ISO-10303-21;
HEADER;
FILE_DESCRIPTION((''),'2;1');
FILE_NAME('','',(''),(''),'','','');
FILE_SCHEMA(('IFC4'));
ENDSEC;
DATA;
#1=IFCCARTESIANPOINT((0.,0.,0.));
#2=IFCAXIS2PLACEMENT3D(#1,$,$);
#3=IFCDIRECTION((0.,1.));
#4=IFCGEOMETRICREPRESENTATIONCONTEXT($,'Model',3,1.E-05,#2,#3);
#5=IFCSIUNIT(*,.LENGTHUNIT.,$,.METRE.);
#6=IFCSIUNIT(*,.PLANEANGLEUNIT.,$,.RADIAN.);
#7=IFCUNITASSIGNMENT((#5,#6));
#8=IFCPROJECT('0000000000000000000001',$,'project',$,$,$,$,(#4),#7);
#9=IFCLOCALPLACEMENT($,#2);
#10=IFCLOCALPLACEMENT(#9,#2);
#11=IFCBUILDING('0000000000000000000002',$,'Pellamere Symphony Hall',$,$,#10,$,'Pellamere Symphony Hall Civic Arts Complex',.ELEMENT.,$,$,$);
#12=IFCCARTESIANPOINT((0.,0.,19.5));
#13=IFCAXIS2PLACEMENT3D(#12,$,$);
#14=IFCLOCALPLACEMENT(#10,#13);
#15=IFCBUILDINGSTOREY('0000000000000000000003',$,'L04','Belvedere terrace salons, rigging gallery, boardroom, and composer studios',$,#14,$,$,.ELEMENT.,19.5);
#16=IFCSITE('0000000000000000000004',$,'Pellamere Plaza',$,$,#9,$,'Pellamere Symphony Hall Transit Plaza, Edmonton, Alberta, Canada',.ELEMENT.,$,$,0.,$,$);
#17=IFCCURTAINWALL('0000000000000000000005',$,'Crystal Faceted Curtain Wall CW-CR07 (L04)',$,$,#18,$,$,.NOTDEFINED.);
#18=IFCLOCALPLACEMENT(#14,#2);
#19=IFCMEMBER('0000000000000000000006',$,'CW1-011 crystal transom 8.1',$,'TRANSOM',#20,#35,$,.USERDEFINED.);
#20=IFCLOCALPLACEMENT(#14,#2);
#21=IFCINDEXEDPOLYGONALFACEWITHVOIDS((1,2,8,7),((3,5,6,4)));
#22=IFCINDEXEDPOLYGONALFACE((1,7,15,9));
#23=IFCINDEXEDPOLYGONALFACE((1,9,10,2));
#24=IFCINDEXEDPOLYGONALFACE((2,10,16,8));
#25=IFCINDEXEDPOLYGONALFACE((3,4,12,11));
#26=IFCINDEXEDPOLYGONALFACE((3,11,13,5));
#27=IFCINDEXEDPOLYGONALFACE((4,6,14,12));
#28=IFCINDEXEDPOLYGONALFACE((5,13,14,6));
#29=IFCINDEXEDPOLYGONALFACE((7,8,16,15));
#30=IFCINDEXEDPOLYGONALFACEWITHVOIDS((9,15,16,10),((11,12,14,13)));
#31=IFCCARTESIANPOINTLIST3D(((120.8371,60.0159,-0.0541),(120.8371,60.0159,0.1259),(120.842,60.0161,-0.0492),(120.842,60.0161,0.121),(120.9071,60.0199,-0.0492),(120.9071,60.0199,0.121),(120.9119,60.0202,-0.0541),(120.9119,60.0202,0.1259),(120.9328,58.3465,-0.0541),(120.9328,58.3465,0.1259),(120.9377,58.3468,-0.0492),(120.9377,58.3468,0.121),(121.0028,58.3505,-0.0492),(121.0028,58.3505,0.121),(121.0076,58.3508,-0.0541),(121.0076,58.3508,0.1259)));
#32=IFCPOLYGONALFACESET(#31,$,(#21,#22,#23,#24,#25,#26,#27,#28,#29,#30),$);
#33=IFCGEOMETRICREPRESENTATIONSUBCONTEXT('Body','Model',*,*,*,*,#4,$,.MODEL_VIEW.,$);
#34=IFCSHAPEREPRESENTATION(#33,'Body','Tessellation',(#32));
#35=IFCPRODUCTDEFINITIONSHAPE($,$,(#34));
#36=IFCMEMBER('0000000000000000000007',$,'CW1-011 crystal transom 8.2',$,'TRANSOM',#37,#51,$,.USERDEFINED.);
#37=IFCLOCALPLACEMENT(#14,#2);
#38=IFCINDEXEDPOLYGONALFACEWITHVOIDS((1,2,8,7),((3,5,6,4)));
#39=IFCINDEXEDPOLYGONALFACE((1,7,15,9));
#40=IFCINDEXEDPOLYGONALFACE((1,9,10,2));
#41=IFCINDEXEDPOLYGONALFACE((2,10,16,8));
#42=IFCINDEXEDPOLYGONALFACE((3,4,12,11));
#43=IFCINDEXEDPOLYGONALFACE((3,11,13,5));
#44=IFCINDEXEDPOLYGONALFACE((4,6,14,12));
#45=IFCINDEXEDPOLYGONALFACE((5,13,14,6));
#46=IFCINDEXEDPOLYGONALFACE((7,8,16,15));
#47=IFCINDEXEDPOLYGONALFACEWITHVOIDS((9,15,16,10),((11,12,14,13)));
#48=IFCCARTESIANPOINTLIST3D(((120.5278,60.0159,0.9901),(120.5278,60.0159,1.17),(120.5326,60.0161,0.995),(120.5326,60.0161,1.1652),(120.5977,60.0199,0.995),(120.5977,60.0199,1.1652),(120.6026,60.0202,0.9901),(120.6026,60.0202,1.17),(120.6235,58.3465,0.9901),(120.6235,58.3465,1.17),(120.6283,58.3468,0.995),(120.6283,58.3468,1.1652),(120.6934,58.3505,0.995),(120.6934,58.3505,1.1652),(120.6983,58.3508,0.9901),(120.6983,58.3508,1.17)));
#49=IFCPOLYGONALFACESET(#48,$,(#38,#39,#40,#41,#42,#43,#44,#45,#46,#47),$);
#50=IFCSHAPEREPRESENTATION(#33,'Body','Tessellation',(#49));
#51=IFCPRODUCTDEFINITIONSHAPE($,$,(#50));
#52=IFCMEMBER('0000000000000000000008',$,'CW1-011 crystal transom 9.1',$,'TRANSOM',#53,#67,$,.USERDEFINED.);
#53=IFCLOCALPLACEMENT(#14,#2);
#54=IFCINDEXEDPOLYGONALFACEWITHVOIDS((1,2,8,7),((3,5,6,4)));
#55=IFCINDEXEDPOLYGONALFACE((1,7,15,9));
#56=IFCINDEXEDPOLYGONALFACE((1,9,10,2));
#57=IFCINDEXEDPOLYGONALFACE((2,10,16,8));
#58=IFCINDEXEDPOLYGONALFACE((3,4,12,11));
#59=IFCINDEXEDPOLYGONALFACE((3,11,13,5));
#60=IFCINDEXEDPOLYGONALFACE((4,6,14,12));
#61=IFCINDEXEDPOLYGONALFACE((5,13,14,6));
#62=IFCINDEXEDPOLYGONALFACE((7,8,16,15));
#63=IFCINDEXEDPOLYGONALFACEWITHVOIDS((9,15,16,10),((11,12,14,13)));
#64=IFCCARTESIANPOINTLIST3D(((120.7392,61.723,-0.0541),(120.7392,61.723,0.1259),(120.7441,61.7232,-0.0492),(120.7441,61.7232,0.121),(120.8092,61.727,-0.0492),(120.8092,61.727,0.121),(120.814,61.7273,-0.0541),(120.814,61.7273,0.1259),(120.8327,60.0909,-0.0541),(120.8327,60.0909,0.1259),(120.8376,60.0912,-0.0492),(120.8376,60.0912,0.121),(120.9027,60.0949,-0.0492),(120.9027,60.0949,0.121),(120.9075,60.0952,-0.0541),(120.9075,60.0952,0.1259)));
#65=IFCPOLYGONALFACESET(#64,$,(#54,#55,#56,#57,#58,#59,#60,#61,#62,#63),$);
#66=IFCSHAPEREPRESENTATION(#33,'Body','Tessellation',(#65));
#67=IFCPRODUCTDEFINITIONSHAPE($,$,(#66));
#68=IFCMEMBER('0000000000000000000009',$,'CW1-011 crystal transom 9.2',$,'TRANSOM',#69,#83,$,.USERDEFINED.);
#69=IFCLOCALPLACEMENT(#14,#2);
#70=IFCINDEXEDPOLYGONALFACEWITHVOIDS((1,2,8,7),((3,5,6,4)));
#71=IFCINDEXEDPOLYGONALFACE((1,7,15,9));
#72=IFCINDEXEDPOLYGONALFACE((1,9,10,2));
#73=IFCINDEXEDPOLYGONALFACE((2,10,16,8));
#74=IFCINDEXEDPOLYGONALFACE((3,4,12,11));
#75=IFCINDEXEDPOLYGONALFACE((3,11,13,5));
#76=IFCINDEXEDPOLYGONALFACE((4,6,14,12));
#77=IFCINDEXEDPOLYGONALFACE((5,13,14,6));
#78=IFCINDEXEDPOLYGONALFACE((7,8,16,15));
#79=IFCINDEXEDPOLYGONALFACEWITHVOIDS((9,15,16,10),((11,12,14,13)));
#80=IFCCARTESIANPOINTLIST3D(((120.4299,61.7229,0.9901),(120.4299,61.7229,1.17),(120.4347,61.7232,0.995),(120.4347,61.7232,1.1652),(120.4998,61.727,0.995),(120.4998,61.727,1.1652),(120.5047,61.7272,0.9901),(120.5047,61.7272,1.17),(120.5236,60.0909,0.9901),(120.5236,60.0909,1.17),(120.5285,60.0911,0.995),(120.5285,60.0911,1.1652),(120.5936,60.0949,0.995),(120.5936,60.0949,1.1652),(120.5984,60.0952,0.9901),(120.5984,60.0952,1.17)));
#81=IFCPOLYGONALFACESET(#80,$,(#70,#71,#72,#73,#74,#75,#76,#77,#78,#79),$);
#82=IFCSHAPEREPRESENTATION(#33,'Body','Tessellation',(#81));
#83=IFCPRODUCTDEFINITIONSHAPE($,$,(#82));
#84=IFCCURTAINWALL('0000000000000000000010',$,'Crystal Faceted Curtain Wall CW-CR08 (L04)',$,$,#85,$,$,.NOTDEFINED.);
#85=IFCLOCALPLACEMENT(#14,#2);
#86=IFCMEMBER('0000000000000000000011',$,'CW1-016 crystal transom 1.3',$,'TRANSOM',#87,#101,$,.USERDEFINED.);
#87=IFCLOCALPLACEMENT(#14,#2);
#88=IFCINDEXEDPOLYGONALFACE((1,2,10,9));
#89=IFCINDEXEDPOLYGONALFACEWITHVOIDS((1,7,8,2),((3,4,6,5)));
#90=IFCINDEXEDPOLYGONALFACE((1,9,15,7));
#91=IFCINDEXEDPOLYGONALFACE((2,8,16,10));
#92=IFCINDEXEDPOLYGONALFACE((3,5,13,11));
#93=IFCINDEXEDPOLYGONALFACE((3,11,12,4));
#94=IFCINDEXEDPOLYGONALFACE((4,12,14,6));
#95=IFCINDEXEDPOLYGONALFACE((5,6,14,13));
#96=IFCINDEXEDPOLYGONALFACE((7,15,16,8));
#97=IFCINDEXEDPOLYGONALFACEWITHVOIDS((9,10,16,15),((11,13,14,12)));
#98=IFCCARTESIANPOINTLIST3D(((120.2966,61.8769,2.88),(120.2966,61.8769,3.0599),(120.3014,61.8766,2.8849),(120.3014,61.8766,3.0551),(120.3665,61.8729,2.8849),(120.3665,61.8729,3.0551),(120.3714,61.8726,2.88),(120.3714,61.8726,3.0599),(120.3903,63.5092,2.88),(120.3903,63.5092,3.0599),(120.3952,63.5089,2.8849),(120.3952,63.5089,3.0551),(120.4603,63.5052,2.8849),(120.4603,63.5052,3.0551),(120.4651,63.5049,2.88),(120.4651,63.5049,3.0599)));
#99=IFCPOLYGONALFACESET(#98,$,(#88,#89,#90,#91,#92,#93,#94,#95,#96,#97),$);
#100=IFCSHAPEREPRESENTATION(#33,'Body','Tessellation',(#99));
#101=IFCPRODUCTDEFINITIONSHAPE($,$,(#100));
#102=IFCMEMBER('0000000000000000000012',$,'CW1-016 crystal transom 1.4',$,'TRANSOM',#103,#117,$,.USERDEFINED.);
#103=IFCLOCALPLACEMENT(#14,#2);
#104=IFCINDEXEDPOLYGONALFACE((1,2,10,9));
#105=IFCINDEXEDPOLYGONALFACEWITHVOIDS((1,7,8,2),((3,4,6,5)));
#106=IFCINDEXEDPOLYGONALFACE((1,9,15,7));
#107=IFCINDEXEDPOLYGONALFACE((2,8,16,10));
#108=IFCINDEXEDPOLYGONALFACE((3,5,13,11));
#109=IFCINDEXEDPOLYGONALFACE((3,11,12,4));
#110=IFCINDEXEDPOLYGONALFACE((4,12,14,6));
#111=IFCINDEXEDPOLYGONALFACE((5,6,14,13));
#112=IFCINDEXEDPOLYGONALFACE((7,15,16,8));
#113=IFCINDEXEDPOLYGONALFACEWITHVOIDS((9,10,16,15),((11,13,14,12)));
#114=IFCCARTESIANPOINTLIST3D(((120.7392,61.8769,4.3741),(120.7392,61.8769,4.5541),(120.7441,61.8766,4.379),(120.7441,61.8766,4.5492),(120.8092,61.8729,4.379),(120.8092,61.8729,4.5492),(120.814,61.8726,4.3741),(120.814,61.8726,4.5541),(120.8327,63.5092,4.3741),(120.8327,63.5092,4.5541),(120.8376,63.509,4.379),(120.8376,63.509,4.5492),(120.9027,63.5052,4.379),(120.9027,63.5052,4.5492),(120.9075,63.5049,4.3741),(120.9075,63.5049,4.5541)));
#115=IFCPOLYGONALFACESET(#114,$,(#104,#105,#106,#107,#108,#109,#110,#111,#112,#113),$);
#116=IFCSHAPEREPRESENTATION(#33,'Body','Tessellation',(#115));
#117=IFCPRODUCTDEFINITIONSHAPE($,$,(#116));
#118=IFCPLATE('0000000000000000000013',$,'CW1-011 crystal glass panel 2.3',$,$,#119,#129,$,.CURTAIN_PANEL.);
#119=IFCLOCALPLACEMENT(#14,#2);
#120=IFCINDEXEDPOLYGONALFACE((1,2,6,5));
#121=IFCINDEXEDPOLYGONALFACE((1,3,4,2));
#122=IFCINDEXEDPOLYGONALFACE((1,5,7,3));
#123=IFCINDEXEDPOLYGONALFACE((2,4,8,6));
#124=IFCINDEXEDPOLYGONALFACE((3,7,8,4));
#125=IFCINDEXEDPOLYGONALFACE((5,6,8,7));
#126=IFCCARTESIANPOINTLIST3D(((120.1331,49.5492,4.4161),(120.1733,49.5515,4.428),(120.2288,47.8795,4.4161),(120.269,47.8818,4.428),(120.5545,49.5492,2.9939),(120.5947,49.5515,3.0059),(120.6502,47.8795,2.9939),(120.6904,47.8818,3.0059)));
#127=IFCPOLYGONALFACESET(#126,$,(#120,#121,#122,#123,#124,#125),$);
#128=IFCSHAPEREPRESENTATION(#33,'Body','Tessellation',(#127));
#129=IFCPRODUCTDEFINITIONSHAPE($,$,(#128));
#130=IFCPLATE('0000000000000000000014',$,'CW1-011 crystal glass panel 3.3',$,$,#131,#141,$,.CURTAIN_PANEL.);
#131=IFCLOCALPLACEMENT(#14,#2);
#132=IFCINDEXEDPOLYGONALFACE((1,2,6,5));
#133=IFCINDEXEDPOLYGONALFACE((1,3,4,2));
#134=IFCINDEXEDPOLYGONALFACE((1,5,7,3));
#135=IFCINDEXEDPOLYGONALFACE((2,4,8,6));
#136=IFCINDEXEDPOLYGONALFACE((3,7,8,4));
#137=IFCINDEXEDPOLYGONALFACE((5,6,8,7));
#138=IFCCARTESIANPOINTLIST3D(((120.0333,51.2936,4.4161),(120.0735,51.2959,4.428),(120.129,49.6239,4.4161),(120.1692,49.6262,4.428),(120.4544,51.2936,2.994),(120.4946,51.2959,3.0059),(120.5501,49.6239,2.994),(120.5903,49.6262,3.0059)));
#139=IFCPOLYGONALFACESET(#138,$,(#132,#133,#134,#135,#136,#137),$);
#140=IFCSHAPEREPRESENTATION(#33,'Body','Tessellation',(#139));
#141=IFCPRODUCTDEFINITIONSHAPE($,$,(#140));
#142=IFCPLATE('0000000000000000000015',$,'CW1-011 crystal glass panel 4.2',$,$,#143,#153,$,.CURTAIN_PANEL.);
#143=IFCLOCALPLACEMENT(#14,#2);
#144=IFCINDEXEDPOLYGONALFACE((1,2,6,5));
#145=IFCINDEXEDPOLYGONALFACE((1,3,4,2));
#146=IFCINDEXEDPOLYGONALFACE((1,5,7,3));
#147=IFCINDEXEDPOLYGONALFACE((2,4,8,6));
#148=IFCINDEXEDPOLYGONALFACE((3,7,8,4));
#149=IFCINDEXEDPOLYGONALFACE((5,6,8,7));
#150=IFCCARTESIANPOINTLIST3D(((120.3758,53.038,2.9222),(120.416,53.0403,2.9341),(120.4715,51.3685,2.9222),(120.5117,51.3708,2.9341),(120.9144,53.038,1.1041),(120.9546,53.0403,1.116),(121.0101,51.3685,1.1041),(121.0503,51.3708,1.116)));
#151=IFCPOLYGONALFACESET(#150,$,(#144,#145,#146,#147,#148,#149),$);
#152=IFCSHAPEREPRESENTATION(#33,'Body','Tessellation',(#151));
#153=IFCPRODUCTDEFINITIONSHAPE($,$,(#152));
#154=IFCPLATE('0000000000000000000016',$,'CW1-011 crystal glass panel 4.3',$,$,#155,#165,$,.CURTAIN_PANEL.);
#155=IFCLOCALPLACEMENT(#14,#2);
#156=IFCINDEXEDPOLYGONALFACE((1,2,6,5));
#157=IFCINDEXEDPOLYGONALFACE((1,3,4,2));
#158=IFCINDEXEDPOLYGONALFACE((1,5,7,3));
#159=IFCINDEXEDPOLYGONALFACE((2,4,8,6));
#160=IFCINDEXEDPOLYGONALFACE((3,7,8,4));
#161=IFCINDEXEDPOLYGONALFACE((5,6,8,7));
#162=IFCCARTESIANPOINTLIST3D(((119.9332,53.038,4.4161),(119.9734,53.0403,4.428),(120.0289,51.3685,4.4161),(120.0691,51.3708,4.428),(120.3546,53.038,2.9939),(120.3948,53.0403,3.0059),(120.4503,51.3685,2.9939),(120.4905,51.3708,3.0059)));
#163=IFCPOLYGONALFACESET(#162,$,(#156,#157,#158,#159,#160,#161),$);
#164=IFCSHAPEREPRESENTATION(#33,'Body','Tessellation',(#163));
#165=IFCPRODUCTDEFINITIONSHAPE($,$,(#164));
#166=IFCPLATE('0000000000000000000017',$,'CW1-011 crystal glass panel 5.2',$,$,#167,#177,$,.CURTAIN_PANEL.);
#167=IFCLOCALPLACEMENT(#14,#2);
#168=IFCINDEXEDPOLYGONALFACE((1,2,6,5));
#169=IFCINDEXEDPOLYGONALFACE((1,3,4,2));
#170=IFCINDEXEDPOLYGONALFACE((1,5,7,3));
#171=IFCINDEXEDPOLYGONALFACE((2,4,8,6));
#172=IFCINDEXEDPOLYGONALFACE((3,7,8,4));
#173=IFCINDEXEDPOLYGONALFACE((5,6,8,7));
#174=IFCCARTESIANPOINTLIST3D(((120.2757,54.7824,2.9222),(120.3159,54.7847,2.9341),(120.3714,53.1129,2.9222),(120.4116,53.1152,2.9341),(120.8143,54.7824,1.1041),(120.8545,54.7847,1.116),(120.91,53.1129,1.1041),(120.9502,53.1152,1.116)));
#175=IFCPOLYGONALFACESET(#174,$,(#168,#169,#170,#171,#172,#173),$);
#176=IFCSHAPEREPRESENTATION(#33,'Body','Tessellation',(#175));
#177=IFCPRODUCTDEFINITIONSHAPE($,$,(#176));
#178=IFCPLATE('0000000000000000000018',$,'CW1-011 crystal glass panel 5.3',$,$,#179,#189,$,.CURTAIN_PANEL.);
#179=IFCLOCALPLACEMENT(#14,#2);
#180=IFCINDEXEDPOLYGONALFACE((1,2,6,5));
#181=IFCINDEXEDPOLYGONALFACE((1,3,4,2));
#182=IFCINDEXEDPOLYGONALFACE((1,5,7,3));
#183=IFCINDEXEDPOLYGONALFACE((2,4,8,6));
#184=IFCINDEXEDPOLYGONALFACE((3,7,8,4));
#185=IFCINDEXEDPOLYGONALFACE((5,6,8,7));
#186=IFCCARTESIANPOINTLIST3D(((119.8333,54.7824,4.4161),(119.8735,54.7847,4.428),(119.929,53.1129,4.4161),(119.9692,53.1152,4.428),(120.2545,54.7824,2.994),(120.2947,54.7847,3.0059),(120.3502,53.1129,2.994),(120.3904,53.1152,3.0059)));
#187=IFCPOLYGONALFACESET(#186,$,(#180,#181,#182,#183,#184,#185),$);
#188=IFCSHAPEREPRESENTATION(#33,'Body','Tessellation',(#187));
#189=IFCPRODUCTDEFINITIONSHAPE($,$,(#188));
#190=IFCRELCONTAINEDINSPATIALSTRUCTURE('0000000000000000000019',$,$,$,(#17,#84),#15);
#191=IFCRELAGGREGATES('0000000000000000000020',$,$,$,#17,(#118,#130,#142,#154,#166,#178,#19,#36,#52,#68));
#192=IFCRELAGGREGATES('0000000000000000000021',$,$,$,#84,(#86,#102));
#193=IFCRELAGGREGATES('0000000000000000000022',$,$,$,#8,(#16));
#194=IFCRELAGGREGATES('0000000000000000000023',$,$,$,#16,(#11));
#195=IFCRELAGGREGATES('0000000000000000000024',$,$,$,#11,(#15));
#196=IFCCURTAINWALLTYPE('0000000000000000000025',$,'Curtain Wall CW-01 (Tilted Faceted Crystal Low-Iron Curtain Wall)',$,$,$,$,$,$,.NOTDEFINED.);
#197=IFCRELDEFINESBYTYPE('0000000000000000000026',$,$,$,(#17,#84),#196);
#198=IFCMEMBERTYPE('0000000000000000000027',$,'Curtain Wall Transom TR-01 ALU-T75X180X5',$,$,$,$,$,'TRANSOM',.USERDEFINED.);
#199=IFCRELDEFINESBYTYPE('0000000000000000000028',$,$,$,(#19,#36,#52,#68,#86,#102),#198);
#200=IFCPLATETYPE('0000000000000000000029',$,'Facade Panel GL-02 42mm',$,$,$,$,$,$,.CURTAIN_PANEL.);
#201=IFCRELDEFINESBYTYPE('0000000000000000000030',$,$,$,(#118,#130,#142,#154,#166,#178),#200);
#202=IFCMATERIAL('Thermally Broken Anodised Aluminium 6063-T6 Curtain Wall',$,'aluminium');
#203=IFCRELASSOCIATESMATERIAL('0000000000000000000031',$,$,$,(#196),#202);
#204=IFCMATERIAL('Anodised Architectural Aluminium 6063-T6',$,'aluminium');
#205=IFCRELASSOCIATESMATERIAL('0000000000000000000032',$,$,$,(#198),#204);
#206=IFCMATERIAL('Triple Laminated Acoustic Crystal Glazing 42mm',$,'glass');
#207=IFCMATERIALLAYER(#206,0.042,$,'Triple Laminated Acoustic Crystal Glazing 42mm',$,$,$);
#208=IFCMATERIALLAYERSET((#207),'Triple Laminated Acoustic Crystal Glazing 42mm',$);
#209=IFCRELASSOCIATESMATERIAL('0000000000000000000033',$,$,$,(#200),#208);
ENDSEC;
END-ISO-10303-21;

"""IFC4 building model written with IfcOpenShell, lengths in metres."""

from ifc_helpers import new_model, si_unit, direction, frame, origin, origin_2d, place, context, subcontext, project, spatial, polyline, hollow_rectangle, outline, extrude, material, layer, layer_set, material_profile, profile_set, type_object, element, aggregate, save


model = new_model("IFC4")

# Units and contexts
model_context = context("Model", 3, precision=1e-05, world=origin(), true_north=direction((0.0, 1.0)))
body_context = subcontext(model_context, "Body", "Model", "MODEL_VIEW")
ifc_project = project(units=[si_unit("LENGTHUNIT", "METRE"), si_unit("PLANEANGLEUNIT", "RADIAN")], contexts=[model_context])

# Site, building, storey
site_placement = place(None, origin())
site = spatial("IfcSite", under=ifc_project, at=site_placement, Name="Pellamere Plaza", LongName="Pellamere Symphony Hall Transit Plaza, Edmonton, Alberta, Canada", CompositionType="ELEMENT", RefElevation=0.0)
building_placement = place(site_placement, origin())
building = spatial("IfcBuilding", under=site, at=building_placement, Name="Pellamere Symphony Hall", LongName="Pellamere Symphony Hall Civic Arts Complex", CompositionType="ELEMENT")
storey_placement = place(building_placement, frame((0.0, 0.0, 19.5)))
storey = spatial("IfcBuildingStorey", under=building, at=storey_placement, Name="L04", Description="Belvedere terrace salons, rigging gallery, boardroom, and composer studios", CompositionType="ELEMENT", Elevation=19.5)

# Curtain walls, members
ifc_material_1 = material(Name="Thermally Broken Anodised Aluminium 6063-T6 Curtain Wall", Category="aluminium")
curtain_wall_type = type_object("IfcCurtainWallType", Name="Curtain Wall CW-01 (Tilted Faceted Crystal Low-Iron Curtain Wall)", PredefinedType="NOTDEFINED", material=ifc_material_1)
curtain_wall_1_placement = place(storey_placement, origin())
curtain_wall_1 = element("IfcCurtainWall", 1, at=curtain_wall_1_placement, inside=storey, type_object=curtain_wall_type, Name="Crystal Faceted Curtain Wall CW-CR07 (L04)", PredefinedType="NOTDEFINED")
ifc_material_2 = material(Name="Anodised Architectural Aluminium 6063-T6", Category="aluminium")
ifc_material_profile_1 = material_profile(ifc_material_2, hollow_rectangle(XDim=0.075, YDim=0.1799, WallThickness=0.0049, at=origin_2d()), Name="ALU-T75X180X5")
ifc_profile_set_1 = profile_set([ifc_material_profile_1], Name="Anodised Architectural Aluminium 6063-T6")
member_type_1 = type_object("IfcMemberType", Name="Curtain Wall Transom TR-01 ALU-T75X180X5", ElementType="TRANSOM", PredefinedType="USERDEFINED", material=ifc_profile_set_1)
member_1_placement = place(storey_placement, frame((120.9702, 58.3486, 0.0359), z_axis=(-0.057233, 0.998361, 0.0), x_axis=(-0.998361, -0.057233, 0.0)))
member_1 = element("IfcMember", 2, at=member_1_placement, type_object=member_type_1, Name="CW1-011 crystal transom 8.1", ObjectType="TRANSOM", PredefinedType="USERDEFINED", context=body_context, shape_type="SweptSolid", body=[
    extrude(hollow_rectangle(XDim=0.075, YDim=0.1799, WallThickness=0.0049, at=origin_2d()), origin(), (0.0, 0.0, 1.0), 1.6721),
])
member_2_placement = place(storey_placement, frame((120.6609, 58.3486, 1.0801), z_axis=(-0.057233, 0.998361, 0.0), x_axis=(-0.998361, -0.057233, 0.0)))
member_2 = element("IfcMember", 3, at=member_2_placement, type_object=member_type_1, Name="CW1-011 crystal transom 8.2", ObjectType="TRANSOM", PredefinedType="USERDEFINED", context=body_context, shape_type="SweptSolid", body=[
    extrude(hollow_rectangle(XDim=0.075, YDim=0.1799, WallThickness=0.0049, at=origin_2d()), origin(), (0.0, 0.0, 1.0), 1.6721),
])
member_3_placement = place(storey_placement, frame((120.8701, 60.093, 0.0359), z_axis=(-0.057199, 0.998363, 0.0), x_axis=(-0.998363, -0.057199, 0.0)))
member_3 = element("IfcMember", 4, at=member_3_placement, type_object=member_type_1, Name="CW1-011 crystal transom 9.1", ObjectType="TRANSOM", PredefinedType="USERDEFINED", context=body_context, shape_type="SweptSolid", body=[
    extrude(hollow_rectangle(XDim=0.075, YDim=0.1799, WallThickness=0.0049, at=origin_2d()), origin(), (0.0, 0.0, 1.0), 1.6348),
])
member_4_placement = place(storey_placement, frame((120.561, 60.093, 1.0801), z_axis=(-0.057348, 0.998354, 0.0), x_axis=(-0.998354, -0.057348, 0.0)))
member_4 = element("IfcMember", 5, at=member_4_placement, type_object=member_type_1, Name="CW1-011 crystal transom 9.2", ObjectType="TRANSOM", PredefinedType="USERDEFINED", context=body_context, shape_type="SweptSolid", body=[
    extrude(hollow_rectangle(XDim=0.075, YDim=0.1799, WallThickness=0.0049, at=origin_2d()), origin(), (0.0, 0.0, 1.0), 1.6348),
])
curtain_wall_2_placement = place(storey_placement, origin())
curtain_wall_2 = element("IfcCurtainWall", 6, at=curtain_wall_2_placement, inside=storey, type_object=curtain_wall_type, Name="Crystal Faceted Curtain Wall CW-CR08 (L04)", PredefinedType="NOTDEFINED")
member_5_placement = place(storey_placement, frame((120.334, 61.8748, 2.97), z_axis=(0.057339, 0.998355, 0.0), x_axis=(-0.998355, 0.057339, 0.0)))
member_5 = element("IfcMember", 7, at=member_5_placement, type_object=member_type_1, Name="CW1-016 crystal transom 1.3", ObjectType="TRANSOM", PredefinedType="USERDEFINED", context=body_context, shape_type="SweptSolid", body=[
    extrude(hollow_rectangle(XDim=0.075, YDim=0.1799, WallThickness=0.0049, at=origin_2d()), origin(), (0.0, 0.0, 1.0), 1.635),
])
member_6_placement = place(storey_placement, frame((120.7766, 61.8748, 4.4641), z_axis=(0.05719, 0.998363, 0.0), x_axis=(-0.998363, 0.05719, 0.0)))
member_6 = element("IfcMember", 8, at=member_6_placement, type_object=member_type_1, Name="CW1-016 crystal transom 1.4", ObjectType="TRANSOM", PredefinedType="USERDEFINED", context=body_context, shape_type="SweptSolid", body=[
    extrude(hollow_rectangle(XDim=0.075, YDim=0.1799, WallThickness=0.0049, at=origin_2d()), origin(), (0.0, 0.0, 1.0), 1.635),
])

# Plates
ifc_material_3 = material(Name="Triple Laminated Acoustic Crystal Glazing 42mm", Category="glass")
ifc_layer = layer(ifc_material_3, 0.042, Name="Triple Laminated Acoustic Crystal Glazing 42mm")
ifc_layer_set = layer_set([ifc_layer], Name="Triple Laminated Acoustic Crystal Glazing 42mm")
plate_type = type_object("IfcPlateType", Name="Facade Panel GL-02 42mm", PredefinedType="CURTAIN_PANEL", material=ifc_layer_set)
plate_1_placement = place(storey_placement, frame((120.6904, 47.8818, 3.0059), z_axis=(0.95735, 0.054874, 0.283671), x_axis=(-0.057224, 0.998361, 0.0)))
plate_1 = element("IfcPlate", 9, at=plate_1_placement, type_object=plate_type, Name="CW1-011 crystal glass panel 2.3", PredefinedType="CURTAIN_PANEL", context=body_context, shape_type="SweptSolid", body=[
    extrude(outline(polyline([(0.0, 0.0), (1.6724, 0.0), (1.6965, 1.483), (0.0241, 1.483), (0.0, 0.0)])), origin(), (0.0, 0.0, -1.0), 0.042),
])
plate_2_placement = place(storey_placement, frame((120.5903, 49.6262, 3.0059), z_axis=(0.957395, 0.054876, 0.28352), x_axis=(-0.057224, 0.998361, 0.0)))
plate_2 = element("IfcPlate", 10, at=plate_2_placement, type_object=plate_type, Name="CW1-011 crystal glass panel 3.3", PredefinedType="CURTAIN_PANEL", context=body_context, shape_type="SweptSolid", body=[
    extrude(outline(polyline([(0.0, 0.0), (1.6724, 0.0), (1.6965, 1.483), (0.0241, 1.483), (0.0, 0.0)])), origin(), (0.0, 0.0, -1.0), 0.042),
])
plate_3_placement = place(storey_placement, frame((121.0503, 51.3708, 1.116), z_axis=(0.957371, 0.054883, 0.283599), x_axis=(-0.057233, 0.998361, 0.0)))
plate_3 = element("IfcPlate", 11, at=plate_3_placement, type_object=plate_type, Name="CW1-011 crystal glass panel 4.2", PredefinedType="CURTAIN_PANEL", context=body_context, shape_type="SweptSolid", body=[
    extrude(outline(polyline([(0.0, 0.0), (1.6722, 0.0), (1.703, 1.896), (0.0308, 1.896), (0.0, 0.0)])), origin(), (0.0, 0.0, -1.0), 0.042),
])
plate_4_placement = place(storey_placement, frame((120.4905, 51.3708, 3.0059), z_axis=(0.95735, 0.054882, 0.283671), x_axis=(-0.057233, 0.998361, 0.0)))
plate_4 = element("IfcPlate", 12, at=plate_4_placement, type_object=plate_type, Name="CW1-011 crystal glass panel 4.3", PredefinedType="CURTAIN_PANEL", context=body_context, shape_type="SweptSolid", body=[
    extrude(outline(polyline([(0.0, 0.0), (1.6722, 0.0), (1.6963, 1.483), (0.0241, 1.483), (0.0, 0.0)])), origin(), (0.0, 0.0, -1.0), 0.042),
])
plate_5_placement = place(storey_placement, frame((120.9502, 53.1152, 1.116), z_axis=(0.957371, 0.054883, 0.283599), x_axis=(-0.057233, 0.998361, 0.0)))
plate_5 = element("IfcPlate", 13, at=plate_5_placement, type_object=plate_type, Name="CW1-011 crystal glass panel 5.2", PredefinedType="CURTAIN_PANEL", context=body_context, shape_type="SweptSolid", body=[
    extrude(outline(polyline([(0.0, 0.0), (1.6722, 0.0), (1.703, 1.896), (0.0308, 1.896), (0.0, 0.0)])), origin(), (0.0, 0.0, -1.0), 0.042),
])
plate_6_placement = place(storey_placement, frame((120.3904, 53.1152, 3.0059), z_axis=(0.957394, 0.054884, 0.28352), x_axis=(-0.057233, 0.998361, 0.0)))
plate_6 = element("IfcPlate", 14, at=plate_6_placement, type_object=plate_type, Name="CW1-011 crystal glass panel 5.3", PredefinedType="CURTAIN_PANEL", context=body_context, shape_type="SweptSolid", body=[
    extrude(outline(polyline([(0.0, 0.0), (1.6722, 0.0), (1.6963, 1.483), (0.0241, 1.483), (0.0, 0.0)])), origin(), (0.0, 0.0, -1.0), 0.042),
])
aggregate(curtain_wall_1, [plate_1, plate_2, plate_3, plate_4, plate_5, plate_6, member_1, member_2, member_3, member_4])
aggregate(curtain_wall_2, [member_5, member_6])

save(model, "model.ifc")
